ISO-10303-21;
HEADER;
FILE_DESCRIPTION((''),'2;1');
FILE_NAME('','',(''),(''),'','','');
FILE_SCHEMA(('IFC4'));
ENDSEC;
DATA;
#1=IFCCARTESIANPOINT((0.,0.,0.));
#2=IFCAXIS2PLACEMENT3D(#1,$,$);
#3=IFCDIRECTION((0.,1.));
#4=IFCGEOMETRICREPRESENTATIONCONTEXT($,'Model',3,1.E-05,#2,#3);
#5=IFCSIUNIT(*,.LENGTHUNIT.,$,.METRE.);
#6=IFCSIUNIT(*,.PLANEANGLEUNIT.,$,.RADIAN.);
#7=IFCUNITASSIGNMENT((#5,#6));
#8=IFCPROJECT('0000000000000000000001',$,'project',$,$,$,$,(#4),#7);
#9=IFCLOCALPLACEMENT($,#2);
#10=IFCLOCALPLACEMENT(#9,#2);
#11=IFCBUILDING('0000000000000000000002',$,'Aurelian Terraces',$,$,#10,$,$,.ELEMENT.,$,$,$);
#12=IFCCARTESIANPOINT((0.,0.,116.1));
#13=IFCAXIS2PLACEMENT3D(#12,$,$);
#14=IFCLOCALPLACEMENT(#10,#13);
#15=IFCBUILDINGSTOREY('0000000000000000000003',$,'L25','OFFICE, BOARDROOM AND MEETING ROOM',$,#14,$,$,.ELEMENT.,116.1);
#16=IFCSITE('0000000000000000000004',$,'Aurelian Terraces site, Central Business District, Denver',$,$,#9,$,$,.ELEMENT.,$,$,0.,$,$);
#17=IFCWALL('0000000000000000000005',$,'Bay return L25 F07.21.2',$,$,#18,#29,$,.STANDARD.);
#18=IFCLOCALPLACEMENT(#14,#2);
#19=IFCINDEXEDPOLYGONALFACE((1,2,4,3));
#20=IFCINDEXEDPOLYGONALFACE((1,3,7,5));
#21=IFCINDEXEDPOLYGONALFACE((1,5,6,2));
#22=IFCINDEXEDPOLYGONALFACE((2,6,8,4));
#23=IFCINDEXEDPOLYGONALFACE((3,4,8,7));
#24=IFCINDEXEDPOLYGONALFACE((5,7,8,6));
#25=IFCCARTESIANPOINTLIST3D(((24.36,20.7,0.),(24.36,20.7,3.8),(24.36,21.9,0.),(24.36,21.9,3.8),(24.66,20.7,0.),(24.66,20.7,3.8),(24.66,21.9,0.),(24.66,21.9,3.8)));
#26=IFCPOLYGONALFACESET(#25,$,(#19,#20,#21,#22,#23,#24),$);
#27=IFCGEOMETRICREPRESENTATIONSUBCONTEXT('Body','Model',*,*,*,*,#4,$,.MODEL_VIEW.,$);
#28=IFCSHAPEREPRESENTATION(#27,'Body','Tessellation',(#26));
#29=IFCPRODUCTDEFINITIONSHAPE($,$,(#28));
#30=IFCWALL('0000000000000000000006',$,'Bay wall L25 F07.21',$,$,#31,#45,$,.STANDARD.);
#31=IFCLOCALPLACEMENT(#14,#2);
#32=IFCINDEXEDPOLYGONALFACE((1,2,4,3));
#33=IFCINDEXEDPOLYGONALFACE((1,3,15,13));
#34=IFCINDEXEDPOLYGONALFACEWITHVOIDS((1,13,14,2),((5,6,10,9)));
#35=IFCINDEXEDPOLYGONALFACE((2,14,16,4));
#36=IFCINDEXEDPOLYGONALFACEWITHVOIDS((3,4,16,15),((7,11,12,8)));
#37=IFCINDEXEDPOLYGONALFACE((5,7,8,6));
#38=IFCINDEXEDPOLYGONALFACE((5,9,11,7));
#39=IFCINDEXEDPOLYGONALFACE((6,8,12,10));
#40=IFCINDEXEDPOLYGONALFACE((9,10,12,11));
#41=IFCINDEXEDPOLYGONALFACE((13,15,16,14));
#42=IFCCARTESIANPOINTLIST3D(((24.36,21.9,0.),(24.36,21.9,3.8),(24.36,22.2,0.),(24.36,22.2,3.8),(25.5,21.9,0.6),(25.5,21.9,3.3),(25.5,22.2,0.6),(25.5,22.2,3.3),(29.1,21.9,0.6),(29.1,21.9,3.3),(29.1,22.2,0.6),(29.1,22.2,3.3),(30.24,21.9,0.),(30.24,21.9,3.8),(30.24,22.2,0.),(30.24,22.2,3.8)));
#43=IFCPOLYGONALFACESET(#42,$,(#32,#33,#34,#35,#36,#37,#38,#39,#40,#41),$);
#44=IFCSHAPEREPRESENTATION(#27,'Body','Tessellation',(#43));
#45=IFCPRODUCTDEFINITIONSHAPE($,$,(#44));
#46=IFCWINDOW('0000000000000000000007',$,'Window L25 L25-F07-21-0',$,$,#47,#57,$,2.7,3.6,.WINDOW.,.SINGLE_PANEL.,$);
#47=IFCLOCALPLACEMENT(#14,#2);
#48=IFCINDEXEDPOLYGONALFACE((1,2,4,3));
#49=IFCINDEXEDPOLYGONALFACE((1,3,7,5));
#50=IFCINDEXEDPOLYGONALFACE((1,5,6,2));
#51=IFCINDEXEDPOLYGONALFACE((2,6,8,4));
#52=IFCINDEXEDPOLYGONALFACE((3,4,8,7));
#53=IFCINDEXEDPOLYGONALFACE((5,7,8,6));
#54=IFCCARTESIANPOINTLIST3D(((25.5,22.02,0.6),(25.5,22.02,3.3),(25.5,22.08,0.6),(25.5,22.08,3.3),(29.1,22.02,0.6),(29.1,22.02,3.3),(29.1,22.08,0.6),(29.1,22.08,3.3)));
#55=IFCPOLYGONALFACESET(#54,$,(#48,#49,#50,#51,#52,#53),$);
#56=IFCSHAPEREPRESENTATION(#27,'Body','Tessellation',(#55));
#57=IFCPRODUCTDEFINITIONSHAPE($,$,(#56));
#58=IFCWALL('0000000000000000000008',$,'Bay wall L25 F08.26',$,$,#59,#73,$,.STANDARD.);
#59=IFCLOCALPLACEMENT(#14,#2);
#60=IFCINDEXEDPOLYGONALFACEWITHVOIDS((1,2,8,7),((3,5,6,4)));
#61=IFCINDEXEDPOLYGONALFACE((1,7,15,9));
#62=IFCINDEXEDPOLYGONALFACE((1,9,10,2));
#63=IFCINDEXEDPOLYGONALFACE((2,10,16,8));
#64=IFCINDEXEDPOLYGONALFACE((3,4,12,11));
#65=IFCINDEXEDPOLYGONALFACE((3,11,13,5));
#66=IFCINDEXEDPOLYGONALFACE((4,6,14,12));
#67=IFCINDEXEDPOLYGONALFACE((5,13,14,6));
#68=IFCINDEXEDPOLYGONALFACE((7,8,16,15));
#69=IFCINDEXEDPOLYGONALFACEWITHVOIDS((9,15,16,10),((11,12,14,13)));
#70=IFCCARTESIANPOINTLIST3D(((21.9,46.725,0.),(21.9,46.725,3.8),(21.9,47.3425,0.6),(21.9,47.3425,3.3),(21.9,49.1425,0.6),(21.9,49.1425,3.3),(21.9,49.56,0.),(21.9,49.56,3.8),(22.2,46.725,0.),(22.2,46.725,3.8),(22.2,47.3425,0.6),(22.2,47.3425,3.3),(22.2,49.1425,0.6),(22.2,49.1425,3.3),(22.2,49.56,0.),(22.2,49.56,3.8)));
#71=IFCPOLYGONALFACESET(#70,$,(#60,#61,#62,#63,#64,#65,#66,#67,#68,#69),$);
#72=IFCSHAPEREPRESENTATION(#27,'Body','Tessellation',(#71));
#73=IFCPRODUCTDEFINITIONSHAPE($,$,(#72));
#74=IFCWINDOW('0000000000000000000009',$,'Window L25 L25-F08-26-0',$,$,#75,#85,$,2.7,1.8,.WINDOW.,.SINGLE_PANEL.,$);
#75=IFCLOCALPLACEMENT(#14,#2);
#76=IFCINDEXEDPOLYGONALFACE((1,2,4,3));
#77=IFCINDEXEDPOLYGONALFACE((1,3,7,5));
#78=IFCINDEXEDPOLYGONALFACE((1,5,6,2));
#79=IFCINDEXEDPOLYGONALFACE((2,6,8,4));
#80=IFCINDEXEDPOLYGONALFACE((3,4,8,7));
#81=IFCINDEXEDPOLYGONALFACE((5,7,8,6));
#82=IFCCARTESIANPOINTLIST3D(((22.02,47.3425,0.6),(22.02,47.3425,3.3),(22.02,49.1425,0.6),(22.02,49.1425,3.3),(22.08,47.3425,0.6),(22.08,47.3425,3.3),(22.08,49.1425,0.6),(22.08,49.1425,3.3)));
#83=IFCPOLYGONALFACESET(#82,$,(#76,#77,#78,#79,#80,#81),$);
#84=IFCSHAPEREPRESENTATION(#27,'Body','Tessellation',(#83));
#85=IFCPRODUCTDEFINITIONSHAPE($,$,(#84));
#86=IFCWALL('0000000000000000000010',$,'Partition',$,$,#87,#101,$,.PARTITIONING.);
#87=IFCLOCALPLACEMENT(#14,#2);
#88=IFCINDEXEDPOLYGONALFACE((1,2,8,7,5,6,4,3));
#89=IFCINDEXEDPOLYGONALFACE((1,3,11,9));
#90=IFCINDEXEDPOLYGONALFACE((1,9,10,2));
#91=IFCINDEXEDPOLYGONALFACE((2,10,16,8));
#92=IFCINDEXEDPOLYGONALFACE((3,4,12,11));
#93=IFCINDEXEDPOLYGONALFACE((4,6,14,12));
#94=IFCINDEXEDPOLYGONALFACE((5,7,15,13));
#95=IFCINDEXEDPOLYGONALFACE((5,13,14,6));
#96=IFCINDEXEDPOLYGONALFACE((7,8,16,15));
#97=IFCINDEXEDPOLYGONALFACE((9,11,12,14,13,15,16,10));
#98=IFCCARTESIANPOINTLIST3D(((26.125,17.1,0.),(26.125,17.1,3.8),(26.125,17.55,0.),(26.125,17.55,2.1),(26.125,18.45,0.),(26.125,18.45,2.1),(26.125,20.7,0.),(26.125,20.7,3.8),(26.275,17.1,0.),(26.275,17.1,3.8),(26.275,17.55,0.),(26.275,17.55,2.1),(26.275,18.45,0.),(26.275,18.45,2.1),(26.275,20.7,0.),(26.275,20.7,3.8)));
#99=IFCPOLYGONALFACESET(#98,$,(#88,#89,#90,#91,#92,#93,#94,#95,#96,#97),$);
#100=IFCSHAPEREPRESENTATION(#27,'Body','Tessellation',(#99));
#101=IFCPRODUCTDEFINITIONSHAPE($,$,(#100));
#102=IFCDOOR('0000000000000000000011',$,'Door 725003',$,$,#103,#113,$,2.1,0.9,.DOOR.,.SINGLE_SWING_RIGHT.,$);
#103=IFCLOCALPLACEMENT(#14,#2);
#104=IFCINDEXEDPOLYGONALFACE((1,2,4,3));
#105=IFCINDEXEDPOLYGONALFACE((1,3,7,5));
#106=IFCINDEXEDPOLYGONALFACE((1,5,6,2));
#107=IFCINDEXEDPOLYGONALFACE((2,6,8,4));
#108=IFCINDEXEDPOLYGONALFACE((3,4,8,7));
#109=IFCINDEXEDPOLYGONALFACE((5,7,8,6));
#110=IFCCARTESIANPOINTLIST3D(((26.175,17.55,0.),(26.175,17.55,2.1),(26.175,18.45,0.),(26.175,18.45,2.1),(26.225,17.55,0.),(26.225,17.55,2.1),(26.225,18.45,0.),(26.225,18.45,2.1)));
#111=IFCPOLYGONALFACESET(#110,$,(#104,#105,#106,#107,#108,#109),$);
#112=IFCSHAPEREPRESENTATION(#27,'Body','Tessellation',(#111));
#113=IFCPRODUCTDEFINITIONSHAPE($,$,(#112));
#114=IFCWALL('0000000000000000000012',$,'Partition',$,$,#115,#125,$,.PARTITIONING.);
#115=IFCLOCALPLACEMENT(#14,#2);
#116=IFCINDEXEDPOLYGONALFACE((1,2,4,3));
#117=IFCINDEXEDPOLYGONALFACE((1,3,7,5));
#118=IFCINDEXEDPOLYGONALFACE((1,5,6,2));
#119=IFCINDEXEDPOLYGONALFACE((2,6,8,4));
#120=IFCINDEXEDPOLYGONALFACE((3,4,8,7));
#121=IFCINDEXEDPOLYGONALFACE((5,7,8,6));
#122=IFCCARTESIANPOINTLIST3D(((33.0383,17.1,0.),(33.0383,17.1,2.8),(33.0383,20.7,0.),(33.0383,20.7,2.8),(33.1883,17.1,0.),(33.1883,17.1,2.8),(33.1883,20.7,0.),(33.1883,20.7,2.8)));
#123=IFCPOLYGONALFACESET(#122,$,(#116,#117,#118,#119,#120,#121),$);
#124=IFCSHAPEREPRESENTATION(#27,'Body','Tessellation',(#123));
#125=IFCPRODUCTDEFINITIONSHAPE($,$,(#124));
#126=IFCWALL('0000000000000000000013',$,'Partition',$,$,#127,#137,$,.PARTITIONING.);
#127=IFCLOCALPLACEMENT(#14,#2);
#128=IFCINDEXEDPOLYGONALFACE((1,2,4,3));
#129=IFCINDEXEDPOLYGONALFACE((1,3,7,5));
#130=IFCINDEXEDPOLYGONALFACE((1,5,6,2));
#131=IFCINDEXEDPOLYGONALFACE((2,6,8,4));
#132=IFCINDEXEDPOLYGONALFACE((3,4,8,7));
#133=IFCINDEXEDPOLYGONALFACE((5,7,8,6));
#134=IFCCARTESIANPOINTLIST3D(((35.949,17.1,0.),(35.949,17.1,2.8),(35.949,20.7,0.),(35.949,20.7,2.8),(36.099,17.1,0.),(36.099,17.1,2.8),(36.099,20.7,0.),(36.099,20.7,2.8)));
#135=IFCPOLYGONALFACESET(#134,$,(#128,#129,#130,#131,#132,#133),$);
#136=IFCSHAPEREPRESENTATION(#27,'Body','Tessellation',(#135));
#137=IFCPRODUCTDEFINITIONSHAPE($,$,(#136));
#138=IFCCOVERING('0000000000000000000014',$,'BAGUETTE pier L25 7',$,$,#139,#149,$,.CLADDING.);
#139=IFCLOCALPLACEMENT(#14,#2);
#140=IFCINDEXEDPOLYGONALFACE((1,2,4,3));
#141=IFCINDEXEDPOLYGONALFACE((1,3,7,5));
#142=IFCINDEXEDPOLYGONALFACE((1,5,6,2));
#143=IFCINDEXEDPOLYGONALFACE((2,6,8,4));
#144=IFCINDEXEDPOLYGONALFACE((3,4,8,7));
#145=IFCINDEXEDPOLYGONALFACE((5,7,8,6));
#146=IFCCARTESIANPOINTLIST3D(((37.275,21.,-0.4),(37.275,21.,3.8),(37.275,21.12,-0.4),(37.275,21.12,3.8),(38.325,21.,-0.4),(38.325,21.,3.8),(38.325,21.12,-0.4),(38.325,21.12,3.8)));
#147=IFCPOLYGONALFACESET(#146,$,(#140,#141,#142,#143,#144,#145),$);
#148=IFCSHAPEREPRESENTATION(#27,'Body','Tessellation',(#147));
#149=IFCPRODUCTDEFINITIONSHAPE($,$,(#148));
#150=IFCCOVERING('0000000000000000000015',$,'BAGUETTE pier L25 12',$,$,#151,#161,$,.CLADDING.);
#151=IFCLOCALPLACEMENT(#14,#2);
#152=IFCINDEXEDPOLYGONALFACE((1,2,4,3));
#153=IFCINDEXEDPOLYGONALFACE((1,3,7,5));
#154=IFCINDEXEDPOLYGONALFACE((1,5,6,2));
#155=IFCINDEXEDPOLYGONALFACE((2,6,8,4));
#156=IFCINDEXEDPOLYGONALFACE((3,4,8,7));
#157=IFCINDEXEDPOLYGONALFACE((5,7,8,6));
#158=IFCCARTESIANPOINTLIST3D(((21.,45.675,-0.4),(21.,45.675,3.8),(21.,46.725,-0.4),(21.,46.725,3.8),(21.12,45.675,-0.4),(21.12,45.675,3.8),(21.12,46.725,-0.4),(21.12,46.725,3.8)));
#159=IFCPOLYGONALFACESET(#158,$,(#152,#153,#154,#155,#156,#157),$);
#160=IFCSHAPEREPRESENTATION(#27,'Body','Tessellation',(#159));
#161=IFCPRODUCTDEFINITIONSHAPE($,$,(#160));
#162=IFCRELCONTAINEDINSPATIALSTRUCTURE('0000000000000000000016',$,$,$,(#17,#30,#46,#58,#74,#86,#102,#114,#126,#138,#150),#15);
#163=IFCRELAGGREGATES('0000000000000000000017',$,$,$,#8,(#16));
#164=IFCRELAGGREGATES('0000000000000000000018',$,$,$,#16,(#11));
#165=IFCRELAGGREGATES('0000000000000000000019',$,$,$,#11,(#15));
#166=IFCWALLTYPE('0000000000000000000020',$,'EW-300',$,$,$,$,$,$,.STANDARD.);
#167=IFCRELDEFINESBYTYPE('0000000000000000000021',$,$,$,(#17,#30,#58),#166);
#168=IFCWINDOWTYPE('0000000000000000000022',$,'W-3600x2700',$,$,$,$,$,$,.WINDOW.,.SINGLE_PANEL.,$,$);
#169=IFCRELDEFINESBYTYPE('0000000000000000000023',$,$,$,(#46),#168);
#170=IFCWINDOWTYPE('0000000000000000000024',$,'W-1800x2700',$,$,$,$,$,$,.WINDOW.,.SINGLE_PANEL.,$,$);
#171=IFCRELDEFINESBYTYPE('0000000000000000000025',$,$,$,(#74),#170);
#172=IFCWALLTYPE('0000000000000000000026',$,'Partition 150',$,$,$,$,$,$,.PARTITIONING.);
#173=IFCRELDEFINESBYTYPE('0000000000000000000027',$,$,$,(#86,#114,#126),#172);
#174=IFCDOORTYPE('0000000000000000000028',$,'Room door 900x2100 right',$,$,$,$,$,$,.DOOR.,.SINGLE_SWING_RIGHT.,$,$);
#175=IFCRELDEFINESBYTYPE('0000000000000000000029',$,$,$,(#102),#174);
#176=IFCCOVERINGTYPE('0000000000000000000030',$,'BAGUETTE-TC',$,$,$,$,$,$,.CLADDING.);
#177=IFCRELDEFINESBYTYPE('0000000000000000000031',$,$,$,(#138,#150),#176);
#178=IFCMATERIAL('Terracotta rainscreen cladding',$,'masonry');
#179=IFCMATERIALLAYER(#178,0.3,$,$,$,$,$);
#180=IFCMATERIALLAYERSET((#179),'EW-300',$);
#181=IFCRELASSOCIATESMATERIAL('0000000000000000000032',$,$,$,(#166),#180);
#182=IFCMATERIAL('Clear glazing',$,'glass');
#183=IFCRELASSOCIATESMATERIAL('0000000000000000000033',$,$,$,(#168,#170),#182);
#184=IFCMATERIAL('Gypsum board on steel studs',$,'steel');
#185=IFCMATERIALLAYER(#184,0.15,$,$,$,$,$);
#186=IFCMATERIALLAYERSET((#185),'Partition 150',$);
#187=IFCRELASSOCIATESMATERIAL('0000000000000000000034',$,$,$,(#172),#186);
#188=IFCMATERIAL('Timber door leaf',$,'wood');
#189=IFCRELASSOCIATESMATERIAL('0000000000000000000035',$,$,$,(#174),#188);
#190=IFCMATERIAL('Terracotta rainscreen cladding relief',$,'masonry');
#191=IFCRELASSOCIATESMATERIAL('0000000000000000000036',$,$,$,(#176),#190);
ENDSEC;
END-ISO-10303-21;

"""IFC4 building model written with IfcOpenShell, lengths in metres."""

from ifc_helpers import new_model, si_unit, direction, frame, frame_2d, origin, origin_2d, place, context, subcontext, project, spatial, rectangle, extrude, source, transform, mapped, material, layer, layer_set, type_object, element, fill, save


model = new_model("IFC4")

# Units and contexts
model_context = context("Model", 3, precision=1e-05, world=origin(), true_north=direction((0.0, 1.0)))
body_context = subcontext(model_context, "Body", "Model", "MODEL_VIEW")
ifc_project = project(units=[si_unit("LENGTHUNIT", "METRE"), si_unit("PLANEANGLEUNIT", "RADIAN")], contexts=[model_context])

# Site, building, storey
site_placement = place(None, origin())
site = spatial("IfcSite", under=ifc_project, at=site_placement, Name="Aurelian Terraces site, Central Business District, Denver", CompositionType="ELEMENT", RefElevation=0.0)
building_placement = place(site_placement, origin())
building = spatial("IfcBuilding", under=site, at=building_placement, Name="Aurelian Terraces", CompositionType="ELEMENT")
storey_placement = place(building_placement, frame((0.0, 0.0, 116.1)))
storey = spatial("IfcBuildingStorey", under=building, at=storey_placement, Name="L25", Description="OFFICE, BOARDROOM AND MEETING ROOM", CompositionType="ELEMENT", Elevation=116.1)

# Shared definitions
ifc_material_1 = material(Name="Terracotta rainscreen cladding", Category="masonry")
ifc_layer_1 = layer(ifc_material_1, 0.3)
ifc_layer_set_1 = layer_set([ifc_layer_1], Name="EW-300")
wall_type_1 = type_object("IfcWallType", Name="EW-300", PredefinedType="STANDARD", material=ifc_layer_set_1)
ifc_material_2 = material(Name="Clear glazing", Category="glass")

# Wall
shared_shape_1 = source(origin(), body_context, "Body", "SweptSolid", [
    extrude(rectangle(XDim=1.2, YDim=0.3, at=frame_2d((0.6, 0.0))), origin(), (0.0, 0.0, 1.0), 3.8),
])
wall_1_placement = place(storey_placement, frame((24.51, 20.7, 0.0), z_axis=(0.0, 0.0, 1.0), x_axis=(0.0, 1.0, 0.0)))
element("IfcWall", 1, at=wall_1_placement, inside=storey, type_object=wall_type_1, Name="Bay return L25 F07.21.2", PredefinedType="STANDARD", context=body_context, shape_type="MappedRepresentation", body=[
    mapped(shared_shape_1, transform((0.0, 0.0, 0.0), scale=1.0)),
])

# Walls, openings, windows
shared_shape_2 = source(origin(), body_context, "Body", "SweptSolid", [
    extrude(rectangle(XDim=5.88, YDim=0.3, at=frame_2d((2.94, 0.0))), origin(), (0.0, 0.0, 1.0), 3.8),
])
wall_2_placement = place(storey_placement, frame((30.24, 22.05, 0.0), z_axis=(0.0, 0.0, 1.0), x_axis=(-1.0, 0.0, 0.0)))
wall_2 = element("IfcWall", 2, at=wall_2_placement, inside=storey, type_object=wall_type_1, Name="Bay wall L25 F07.21", PredefinedType="STANDARD", context=body_context, shape_type="MappedRepresentation", body=[
    mapped(shared_shape_2, transform((0.0, 0.0, 0.0), scale=1.0)),
])
shared_shape_3 = source(origin(), body_context, "Body", "SweptSolid", [
    extrude(rectangle(XDim=3.6, YDim=2.7, at=frame_2d((1.8, 1.35))), frame((0.0, 0.16, 0.0), z_axis=(0.0, -1.0, 0.0), x_axis=(1.0, 0.0, 0.0)), (0.0, 0.0, 1.0), 0.32),
])
opening_1_placement = place(wall_2_placement, frame((1.14, 0.0, 0.6)))
opening_1 = element("IfcOpeningElement", 3, at=opening_1_placement, cuts=wall_2, PredefinedType="OPENING", context=body_context, shape_type="MappedRepresentation", body=[
    mapped(shared_shape_3, transform((0.0, 0.0, 0.0), scale=1.0)),
])
window_type_1 = type_object("IfcWindowType", Name="W-3600x2700", PartitioningType="SINGLE_PANEL", PredefinedType="WINDOW", material=ifc_material_2)
shared_shape_4 = source(origin(), body_context, "Body", "SweptSolid", [
    extrude(rectangle(XDim=3.6, YDim=2.7, at=frame_2d((1.8, 1.35))), frame((0.0, 0.03, 0.0), z_axis=(0.0, -1.0, 0.0), x_axis=(1.0, 0.0, 0.0)), (0.0, 0.0, 1.0), 0.06),
])
window_1_placement = place(opening_1_placement, origin())
window_1 = element("IfcWindow", 4, at=window_1_placement, inside=storey, type_object=window_type_1, Name="Window L25 L25-F07-21-0", OverallHeight=2.7, OverallWidth=3.6, PartitioningType="SINGLE_PANEL", PredefinedType="WINDOW", context=body_context, shape_type="MappedRepresentation", body=[
    mapped(shared_shape_4, transform((0.0, 0.0, 0.0), scale=1.0)),
])
fill(opening_1, window_1)
shared_shape_5 = source(origin(), body_context, "Body", "SweptSolid", [
    extrude(rectangle(XDim=2.835, YDim=0.3, at=frame_2d((1.4175, 0.0))), origin(), (0.0, 0.0, 1.0), 3.8),
])
wall_3_placement = place(storey_placement, frame((22.05, 46.725, 0.0), z_axis=(0.0, 0.0, 1.0), x_axis=(0.0, 1.0, 0.0)))
wall_3 = element("IfcWall", 5, at=wall_3_placement, inside=storey, type_object=wall_type_1, Name="Bay wall L25 F08.26", PredefinedType="STANDARD", context=body_context, shape_type="MappedRepresentation", body=[
    mapped(shared_shape_5, transform((0.0, 0.0, 0.0), scale=1.0)),
])
shared_shape_6 = source(origin(), body_context, "Body", "SweptSolid", [
    extrude(rectangle(XDim=1.8, YDim=2.7, at=frame_2d((0.9, 1.35))), frame((0.0, 0.16, 0.0), z_axis=(0.0, -1.0, 0.0), x_axis=(1.0, 0.0, 0.0)), (0.0, 0.0, 1.0), 0.32),
])
opening_2_placement = place(wall_3_placement, frame((0.6175, 0.0, 0.6)))
opening_2 = element("IfcOpeningElement", 6, at=opening_2_placement, cuts=wall_3, PredefinedType="OPENING", context=body_context, shape_type="MappedRepresentation", body=[
    mapped(shared_shape_6, transform((0.0, 0.0, 0.0), scale=1.0)),
])
window_type_2 = type_object("IfcWindowType", Name="W-1800x2700", PartitioningType="SINGLE_PANEL", PredefinedType="WINDOW", material=ifc_material_2)
shared_shape_7 = source(origin(), body_context, "Body", "SweptSolid", [
    extrude(rectangle(XDim=1.8, YDim=2.7, at=frame_2d((0.9, 1.35))), frame((0.0, 0.03, 0.0), z_axis=(0.0, -1.0, 0.0), x_axis=(1.0, 0.0, 0.0)), (0.0, 0.0, 1.0), 0.06),
])
window_2_placement = place(opening_2_placement, origin())
window_2 = element("IfcWindow", 7, at=window_2_placement, inside=storey, type_object=window_type_2, Name="Window L25 L25-F08-26-0", OverallHeight=2.7, OverallWidth=1.8, PartitioningType="SINGLE_PANEL", PredefinedType="WINDOW", context=body_context, shape_type="MappedRepresentation", body=[
    mapped(shared_shape_7, transform((0.0, 0.0, 0.0), scale=1.0)),
])
fill(opening_2, window_2)

# Wall, opening, door
ifc_material_3 = material(Name="Gypsum board on steel studs", Category="steel")
ifc_layer_2 = layer(ifc_material_3, 0.15)
ifc_layer_set_2 = layer_set([ifc_layer_2], Name="Partition 150")
wall_type_2 = type_object("IfcWallType", Name="Partition 150", PredefinedType="PARTITIONING", material=ifc_layer_set_2)
shared_shape_8 = source(origin(), body_context, "Body", "SweptSolid", [
    extrude(rectangle(XDim=3.6, YDim=0.15, at=frame_2d((1.8, 0.0))), origin(), (0.0, 0.0, 1.0), 3.8),
])
wall_4_placement = place(storey_placement, frame((26.2, 20.7, 0.0), z_axis=(0.0, 0.0, 1.0), x_axis=(0.0, -1.0, 0.0)))
wall_4 = element("IfcWall", 8, at=wall_4_placement, inside=storey, type_object=wall_type_2, Name="Partition", PredefinedType="PARTITIONING", context=body_context, shape_type="MappedRepresentation", body=[
    mapped(shared_shape_8, transform((0.0, 0.0, 0.0), scale=1.0)),
])
shared_shape_9 = source(origin(), body_context, "Body", "SweptSolid", [
    extrude(rectangle(XDim=0.9, YDim=2.1, at=frame_2d((0.45, 1.05))), frame((0.0, 0.085, 0.0), z_axis=(0.0, -1.0, 0.0), x_axis=(1.0, 0.0, 0.0)), (0.0, 0.0, 1.0), 0.17),
])
opening_3_placement = place(wall_4_placement, frame((2.25, 0.0, 0.0)))
opening_3 = element("IfcOpeningElement", 9, at=opening_3_placement, cuts=wall_4, PredefinedType="OPENING", context=body_context, shape_type="MappedRepresentation", body=[
    mapped(shared_shape_9, transform((0.0, 0.0, 0.0), scale=1.0)),
])
ifc_material_4 = material(Name="Timber door leaf", Category="wood")
door_type = type_object("IfcDoorType", Name="Room door 900x2100 right", OperationType="SINGLE_SWING_RIGHT", PredefinedType="DOOR", material=ifc_material_4)
shared_shape_10 = source(origin(), body_context, "Body", "SweptSolid", [
    extrude(rectangle(XDim=0.9, YDim=2.1, at=frame_2d((0.45, 1.05))), frame((0.0, 0.025, 0.0), z_axis=(0.0, -1.0, 0.0), x_axis=(1.0, 0.0, 0.0)), (0.0, 0.0, 1.0), 0.05),
])
door_placement = place(opening_3_placement, origin())
door = element("IfcDoor", 10, at=door_placement, inside=storey, type_object=door_type, Name="Door 725003", OperationType="SINGLE_SWING_RIGHT", OverallHeight=2.1, OverallWidth=0.9, PredefinedType="DOOR", context=body_context, shape_type="MappedRepresentation", body=[
    mapped(shared_shape_10, transform((0.0, 0.0, 0.0), scale=1.0)),
])
fill(opening_3, door)

# Walls
shared_shape_11 = source(origin(), body_context, "Body", "SweptSolid", [
    extrude(rectangle(XDim=3.6, YDim=0.15, at=frame_2d((1.8, 0.0))), origin(), (0.0, 0.0, 1.0), 2.8),
])
for number, where, z_axis, x_axis, name in (
    (11, (33.1133, 20.7, 0.0), (0.0, 0.0, 1.0), (0.0, -1.0, 0.0), "Partition"),
    (12, (36.024, 20.7, 0.0), (0.0, 0.0, 1.0), (0.0, -1.0, 0.0), "Partition"),
):
    element("IfcWall", number, at=place(storey_placement, frame(where, z_axis=z_axis, x_axis=x_axis)), inside=storey, type_object=wall_type_2, Name=name, PredefinedType="PARTITIONING", context=body_context, shape_type="MappedRepresentation", body=[
        mapped(shared_shape_11, transform((0.0, 0.0, 0.0), scale=1.0)),
    ])

# Coverings
ifc_material_5 = material(Name="Terracotta rainscreen cladding relief", Category="masonry")
covering_type = type_object("IfcCoveringType", Name="BAGUETTE-TC", PredefinedType="CLADDING", material=ifc_material_5)
shared_shape_12 = source(origin(), body_context, "Body", "SweptSolid", [
    extrude(rectangle(XDim=1.05, YDim=0.12, at=origin_2d()), origin(), (0.0, 0.0, 1.0), 4.2),
])
covering_1_placement = place(storey_placement, frame((37.8, 21.06, -0.4), z_axis=(0.0, 0.0, 1.0), x_axis=(1.0, 0.0, 0.0)))
element("IfcCovering", 13, at=covering_1_placement, inside=storey, type_object=covering_type, Name="BAGUETTE pier L25 7", PredefinedType="CLADDING", context=body_context, shape_type="MappedRepresentation", body=[
    mapped(shared_shape_12, transform((0.0, 0.0, 0.0), scale=1.0)),
])
shared_shape_13 = source(origin(), body_context, "Body", "SweptSolid", [
    extrude(rectangle(XDim=0.12, YDim=1.05, at=origin_2d()), origin(), (0.0, 0.0, 1.0), 4.2),
])
covering_2_placement = place(storey_placement, frame((21.06, 46.2, -0.4), z_axis=(0.0, 0.0, 1.0), x_axis=(1.0, 0.0, 0.0)))
element("IfcCovering", 14, at=covering_2_placement, inside=storey, type_object=covering_type, Name="BAGUETTE pier L25 12", PredefinedType="CLADDING", context=body_context, shape_type="MappedRepresentation", body=[
    mapped(shared_shape_13, transform((0.0, 0.0, 0.0), scale=1.0)),
])

save(model, "model.ifc")
